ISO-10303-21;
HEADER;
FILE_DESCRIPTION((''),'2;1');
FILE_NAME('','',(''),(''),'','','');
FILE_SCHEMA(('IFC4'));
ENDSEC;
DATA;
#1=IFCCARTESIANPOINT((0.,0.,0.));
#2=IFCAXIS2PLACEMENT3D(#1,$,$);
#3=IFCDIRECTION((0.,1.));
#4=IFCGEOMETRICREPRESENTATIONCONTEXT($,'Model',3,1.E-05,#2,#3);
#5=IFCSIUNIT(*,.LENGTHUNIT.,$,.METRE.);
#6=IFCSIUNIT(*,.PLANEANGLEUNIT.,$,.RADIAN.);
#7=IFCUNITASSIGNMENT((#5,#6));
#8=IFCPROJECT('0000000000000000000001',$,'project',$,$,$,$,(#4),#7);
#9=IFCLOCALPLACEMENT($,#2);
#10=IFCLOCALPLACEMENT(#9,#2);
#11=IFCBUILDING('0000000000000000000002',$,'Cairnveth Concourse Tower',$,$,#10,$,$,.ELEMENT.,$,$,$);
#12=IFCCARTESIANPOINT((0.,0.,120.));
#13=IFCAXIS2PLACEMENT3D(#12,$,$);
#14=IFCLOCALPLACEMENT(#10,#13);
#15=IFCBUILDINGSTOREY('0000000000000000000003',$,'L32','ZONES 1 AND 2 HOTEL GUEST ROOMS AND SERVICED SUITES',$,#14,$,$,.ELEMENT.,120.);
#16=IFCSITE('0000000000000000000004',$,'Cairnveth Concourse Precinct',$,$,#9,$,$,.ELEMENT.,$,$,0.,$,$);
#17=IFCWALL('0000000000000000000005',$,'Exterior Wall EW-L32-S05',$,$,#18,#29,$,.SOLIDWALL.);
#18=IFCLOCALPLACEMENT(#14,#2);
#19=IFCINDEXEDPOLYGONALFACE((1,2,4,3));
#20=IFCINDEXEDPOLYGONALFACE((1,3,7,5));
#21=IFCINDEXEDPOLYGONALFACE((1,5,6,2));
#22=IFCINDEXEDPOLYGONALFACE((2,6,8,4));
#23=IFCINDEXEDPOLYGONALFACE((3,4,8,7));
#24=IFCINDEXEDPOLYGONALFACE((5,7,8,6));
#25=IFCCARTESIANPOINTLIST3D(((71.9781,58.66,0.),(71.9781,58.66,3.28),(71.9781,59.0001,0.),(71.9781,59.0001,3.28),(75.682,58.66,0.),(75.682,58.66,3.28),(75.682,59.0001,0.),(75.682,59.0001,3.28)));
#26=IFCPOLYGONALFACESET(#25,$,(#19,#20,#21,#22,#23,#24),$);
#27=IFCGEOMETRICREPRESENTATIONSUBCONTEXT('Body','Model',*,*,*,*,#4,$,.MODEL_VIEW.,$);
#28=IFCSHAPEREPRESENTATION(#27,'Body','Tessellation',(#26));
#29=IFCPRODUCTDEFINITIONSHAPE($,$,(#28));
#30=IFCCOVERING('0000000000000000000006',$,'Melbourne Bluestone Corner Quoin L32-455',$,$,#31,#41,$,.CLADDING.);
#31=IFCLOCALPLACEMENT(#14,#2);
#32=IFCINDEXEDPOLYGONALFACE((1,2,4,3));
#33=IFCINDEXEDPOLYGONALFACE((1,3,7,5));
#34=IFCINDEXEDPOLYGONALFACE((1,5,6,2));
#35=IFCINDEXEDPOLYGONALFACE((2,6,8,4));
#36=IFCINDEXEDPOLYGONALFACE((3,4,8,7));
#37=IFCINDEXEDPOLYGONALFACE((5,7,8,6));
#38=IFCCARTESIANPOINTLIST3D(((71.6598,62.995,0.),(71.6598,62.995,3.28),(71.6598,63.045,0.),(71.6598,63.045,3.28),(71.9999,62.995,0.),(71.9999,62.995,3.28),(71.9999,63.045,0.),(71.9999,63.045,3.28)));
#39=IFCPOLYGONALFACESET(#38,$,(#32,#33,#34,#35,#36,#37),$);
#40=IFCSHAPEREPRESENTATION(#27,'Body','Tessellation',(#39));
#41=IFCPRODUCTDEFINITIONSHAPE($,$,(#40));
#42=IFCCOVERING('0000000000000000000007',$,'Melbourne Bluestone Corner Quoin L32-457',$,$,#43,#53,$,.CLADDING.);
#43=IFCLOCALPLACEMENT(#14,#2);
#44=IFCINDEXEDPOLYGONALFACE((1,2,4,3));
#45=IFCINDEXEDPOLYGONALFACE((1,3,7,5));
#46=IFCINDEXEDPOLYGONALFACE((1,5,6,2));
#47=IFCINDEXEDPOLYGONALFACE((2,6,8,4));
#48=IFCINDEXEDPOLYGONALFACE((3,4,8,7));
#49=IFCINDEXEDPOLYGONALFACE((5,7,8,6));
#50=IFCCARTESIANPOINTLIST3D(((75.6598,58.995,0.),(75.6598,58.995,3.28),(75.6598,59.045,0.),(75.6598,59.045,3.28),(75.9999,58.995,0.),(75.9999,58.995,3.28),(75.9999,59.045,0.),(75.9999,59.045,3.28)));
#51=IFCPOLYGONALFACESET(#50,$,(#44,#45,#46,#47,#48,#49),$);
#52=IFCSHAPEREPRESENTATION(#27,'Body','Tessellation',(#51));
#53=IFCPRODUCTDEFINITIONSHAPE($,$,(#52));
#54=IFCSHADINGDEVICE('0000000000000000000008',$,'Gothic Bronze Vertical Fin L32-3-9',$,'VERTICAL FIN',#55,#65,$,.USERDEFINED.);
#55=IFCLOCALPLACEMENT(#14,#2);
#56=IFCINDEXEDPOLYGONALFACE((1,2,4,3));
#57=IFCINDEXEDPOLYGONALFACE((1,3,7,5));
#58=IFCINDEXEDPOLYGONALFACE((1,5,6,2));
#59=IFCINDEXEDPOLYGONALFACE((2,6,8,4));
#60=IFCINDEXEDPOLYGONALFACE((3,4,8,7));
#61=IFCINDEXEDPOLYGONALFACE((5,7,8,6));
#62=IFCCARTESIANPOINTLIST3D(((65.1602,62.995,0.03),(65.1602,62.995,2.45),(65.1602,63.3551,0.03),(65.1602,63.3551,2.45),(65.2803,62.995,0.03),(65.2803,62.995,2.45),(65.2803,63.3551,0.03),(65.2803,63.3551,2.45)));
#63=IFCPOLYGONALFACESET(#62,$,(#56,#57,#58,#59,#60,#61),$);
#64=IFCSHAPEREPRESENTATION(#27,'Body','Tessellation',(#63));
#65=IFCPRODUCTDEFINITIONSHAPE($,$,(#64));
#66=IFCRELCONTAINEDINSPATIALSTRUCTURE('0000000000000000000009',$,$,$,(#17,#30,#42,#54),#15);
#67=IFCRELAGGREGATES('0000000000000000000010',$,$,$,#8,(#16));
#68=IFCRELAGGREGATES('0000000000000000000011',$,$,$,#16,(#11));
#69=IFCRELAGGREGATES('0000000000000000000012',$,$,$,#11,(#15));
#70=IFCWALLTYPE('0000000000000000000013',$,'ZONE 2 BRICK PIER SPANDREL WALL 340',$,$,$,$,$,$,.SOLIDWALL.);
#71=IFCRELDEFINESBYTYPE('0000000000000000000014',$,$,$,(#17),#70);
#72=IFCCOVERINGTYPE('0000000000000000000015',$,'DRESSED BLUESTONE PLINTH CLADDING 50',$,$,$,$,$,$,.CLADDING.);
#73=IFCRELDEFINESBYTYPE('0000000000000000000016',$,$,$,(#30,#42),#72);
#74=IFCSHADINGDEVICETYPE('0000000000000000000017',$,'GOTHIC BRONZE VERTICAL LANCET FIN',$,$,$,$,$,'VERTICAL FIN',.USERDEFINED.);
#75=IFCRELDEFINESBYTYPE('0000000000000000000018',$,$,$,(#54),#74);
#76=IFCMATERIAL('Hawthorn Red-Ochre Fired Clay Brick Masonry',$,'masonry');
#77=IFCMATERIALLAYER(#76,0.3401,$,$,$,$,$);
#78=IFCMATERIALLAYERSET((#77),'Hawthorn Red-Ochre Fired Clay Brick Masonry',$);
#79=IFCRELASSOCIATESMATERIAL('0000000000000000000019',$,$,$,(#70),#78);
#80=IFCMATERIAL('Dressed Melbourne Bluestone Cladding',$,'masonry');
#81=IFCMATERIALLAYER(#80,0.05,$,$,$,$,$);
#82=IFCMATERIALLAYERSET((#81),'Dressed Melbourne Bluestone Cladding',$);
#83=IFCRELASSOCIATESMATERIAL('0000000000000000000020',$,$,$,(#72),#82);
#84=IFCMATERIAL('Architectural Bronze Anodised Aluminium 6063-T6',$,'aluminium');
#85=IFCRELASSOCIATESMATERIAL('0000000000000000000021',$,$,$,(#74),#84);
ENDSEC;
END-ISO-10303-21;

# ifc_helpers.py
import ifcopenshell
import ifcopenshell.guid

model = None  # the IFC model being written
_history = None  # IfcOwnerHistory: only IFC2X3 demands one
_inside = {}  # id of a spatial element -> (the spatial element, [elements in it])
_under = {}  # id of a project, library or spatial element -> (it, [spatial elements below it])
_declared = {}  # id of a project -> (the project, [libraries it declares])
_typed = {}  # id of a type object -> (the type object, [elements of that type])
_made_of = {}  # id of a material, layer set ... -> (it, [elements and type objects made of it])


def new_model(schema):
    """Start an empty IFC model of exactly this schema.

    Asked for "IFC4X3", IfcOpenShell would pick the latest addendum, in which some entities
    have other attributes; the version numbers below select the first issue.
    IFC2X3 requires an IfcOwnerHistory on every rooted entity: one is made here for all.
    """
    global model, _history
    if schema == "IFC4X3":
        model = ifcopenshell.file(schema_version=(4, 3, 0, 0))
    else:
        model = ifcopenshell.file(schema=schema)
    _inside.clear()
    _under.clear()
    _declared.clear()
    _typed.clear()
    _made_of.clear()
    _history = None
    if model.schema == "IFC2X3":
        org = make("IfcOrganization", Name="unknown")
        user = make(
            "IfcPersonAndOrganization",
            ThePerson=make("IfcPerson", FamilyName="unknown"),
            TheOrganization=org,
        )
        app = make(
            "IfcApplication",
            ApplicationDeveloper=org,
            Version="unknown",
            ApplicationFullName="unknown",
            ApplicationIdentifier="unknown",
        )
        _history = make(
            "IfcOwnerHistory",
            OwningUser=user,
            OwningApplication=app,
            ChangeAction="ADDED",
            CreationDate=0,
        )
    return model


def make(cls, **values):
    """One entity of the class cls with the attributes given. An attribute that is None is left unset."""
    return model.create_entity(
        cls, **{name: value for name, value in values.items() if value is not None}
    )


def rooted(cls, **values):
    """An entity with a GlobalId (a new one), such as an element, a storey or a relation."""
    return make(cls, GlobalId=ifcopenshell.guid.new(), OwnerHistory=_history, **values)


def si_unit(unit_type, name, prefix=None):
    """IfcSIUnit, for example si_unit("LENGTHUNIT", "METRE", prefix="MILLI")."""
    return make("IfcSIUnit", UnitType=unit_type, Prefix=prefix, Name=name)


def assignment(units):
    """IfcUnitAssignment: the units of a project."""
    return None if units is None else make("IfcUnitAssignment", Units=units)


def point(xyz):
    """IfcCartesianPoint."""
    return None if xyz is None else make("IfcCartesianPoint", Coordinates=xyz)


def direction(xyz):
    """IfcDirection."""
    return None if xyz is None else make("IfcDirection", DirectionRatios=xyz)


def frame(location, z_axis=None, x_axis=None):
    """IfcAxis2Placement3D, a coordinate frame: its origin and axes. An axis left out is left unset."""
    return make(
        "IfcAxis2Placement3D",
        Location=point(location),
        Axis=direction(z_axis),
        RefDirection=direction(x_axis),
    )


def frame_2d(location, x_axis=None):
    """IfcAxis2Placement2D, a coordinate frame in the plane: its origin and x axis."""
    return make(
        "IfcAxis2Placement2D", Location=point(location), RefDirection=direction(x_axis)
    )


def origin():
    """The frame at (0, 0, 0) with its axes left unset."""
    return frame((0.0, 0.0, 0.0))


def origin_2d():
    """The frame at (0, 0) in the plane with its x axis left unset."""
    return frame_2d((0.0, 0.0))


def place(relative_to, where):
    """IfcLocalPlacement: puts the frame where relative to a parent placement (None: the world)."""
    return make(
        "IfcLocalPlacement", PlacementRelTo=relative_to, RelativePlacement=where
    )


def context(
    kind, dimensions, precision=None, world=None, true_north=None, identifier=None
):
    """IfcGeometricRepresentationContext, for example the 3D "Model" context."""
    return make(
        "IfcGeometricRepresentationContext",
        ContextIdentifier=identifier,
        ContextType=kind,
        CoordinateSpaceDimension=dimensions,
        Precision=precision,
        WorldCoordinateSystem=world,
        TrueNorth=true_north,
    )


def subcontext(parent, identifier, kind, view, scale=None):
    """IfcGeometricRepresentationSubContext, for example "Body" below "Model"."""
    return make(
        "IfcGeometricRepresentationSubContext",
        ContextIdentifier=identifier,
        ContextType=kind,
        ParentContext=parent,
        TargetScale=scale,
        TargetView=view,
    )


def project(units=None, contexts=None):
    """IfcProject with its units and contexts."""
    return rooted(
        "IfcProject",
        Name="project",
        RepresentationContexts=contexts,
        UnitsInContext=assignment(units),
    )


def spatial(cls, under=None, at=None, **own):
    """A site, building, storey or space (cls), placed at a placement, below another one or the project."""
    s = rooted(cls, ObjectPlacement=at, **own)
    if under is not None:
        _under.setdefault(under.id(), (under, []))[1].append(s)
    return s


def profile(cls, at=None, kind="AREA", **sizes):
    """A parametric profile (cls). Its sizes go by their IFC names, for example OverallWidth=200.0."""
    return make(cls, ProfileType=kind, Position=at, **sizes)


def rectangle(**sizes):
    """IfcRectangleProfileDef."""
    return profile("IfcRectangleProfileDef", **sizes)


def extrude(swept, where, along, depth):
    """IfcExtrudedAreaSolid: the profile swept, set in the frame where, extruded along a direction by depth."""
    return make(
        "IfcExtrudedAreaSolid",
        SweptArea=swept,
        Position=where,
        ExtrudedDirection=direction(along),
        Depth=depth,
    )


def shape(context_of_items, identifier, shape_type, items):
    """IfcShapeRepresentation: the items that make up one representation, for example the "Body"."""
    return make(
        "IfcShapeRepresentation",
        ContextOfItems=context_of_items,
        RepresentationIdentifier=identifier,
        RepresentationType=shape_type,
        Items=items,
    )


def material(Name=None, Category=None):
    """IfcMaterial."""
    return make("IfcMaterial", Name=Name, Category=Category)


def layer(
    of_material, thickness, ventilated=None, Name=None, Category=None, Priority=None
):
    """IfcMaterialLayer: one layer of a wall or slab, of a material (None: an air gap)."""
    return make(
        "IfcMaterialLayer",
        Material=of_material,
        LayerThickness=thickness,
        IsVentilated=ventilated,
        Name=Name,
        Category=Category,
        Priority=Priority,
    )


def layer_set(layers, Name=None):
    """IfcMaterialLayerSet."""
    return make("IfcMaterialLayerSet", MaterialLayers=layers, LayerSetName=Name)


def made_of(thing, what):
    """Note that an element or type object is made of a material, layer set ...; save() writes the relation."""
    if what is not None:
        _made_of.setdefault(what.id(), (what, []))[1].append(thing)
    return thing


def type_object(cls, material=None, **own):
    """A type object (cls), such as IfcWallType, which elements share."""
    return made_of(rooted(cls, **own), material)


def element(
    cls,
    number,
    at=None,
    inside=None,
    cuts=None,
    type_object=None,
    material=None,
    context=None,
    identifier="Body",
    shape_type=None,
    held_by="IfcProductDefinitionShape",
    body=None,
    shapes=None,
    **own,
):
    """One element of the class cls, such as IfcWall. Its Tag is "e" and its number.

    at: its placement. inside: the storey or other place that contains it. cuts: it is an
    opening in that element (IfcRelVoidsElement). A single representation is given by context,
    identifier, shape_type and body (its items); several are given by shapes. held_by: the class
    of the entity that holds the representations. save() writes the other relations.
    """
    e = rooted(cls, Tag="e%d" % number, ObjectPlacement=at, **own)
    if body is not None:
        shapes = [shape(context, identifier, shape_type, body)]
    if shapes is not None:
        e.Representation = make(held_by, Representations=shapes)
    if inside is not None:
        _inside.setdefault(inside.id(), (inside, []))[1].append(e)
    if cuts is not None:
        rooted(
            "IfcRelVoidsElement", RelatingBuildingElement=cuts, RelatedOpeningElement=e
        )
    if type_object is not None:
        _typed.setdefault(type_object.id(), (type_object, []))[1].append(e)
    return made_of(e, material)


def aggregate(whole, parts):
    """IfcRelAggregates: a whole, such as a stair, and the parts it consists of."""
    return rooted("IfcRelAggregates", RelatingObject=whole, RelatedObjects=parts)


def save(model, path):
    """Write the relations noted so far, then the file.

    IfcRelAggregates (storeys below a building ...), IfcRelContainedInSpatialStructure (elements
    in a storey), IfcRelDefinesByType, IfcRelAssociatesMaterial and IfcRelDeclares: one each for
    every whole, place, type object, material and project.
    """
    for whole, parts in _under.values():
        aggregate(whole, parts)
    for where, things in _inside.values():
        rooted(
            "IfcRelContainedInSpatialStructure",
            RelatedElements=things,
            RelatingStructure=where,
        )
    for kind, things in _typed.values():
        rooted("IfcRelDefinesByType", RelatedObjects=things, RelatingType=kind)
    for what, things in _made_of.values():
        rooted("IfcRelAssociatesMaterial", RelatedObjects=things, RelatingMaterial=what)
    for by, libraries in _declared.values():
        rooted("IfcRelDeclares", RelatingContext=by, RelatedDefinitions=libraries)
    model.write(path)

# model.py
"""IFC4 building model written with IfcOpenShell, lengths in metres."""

from ifc_helpers import new_model, si_unit, direction, frame, frame_2d, origin, origin_2d, place, context, subcontext, project, spatial, rectangle, extrude, material, layer, layer_set, type_object, element, save


model = new_model("IFC4")

# Units and contexts
model_context = context("Model", 3, precision=1e-05, world=origin(), true_north=direction((0.0, 1.0)))
body_context = subcontext(model_context, "Body", "Model", "MODEL_VIEW")
ifc_project = project(units=[si_unit("LENGTHUNIT", "METRE"), si_unit("PLANEANGLEUNIT", "RADIAN")], contexts=[model_context])

# Site, building, storey
site_placement = place(None, origin())
site = spatial("IfcSite", under=ifc_project, at=site_placement, Name="Cairnveth Concourse Precinct", CompositionType="ELEMENT", RefElevation=0.0)
building_placement = place(site_placement, origin())
building = spatial("IfcBuilding", under=site, at=building_placement, Name="Cairnveth Concourse Tower", CompositionType="ELEMENT")
storey_placement = place(building_placement, frame((0.0, 0.0, 120.0)))
storey = spatial("IfcBuildingStorey", under=building, at=storey_placement, Name="L32", Description="ZONES 1 AND 2 HOTEL GUEST ROOMS AND SERVICED SUITES", CompositionType="ELEMENT", Elevation=120.0)

# Wall
ifc_material_1 = material(Name="Hawthorn Red-Ochre Fired Clay Brick Masonry", Category="masonry")
ifc_layer_1 = layer(ifc_material_1, 0.3401)
ifc_layer_set_1 = layer_set([ifc_layer_1], Name="Hawthorn Red-Ochre Fired Clay Brick Masonry")
wall_type = type_object("IfcWallType", Name="ZONE 2 BRICK PIER SPANDREL WALL 340", PredefinedType="SOLIDWALL", material=ifc_layer_set_1)
wall_1_placement = place(storey_placement, frame((71.978, 58.8301, 0.0), z_axis=(0.0, 0.0, 1.0), x_axis=(1.0, 0.0, 0.0)))
element("IfcWall", 1, at=wall_1_placement, inside=storey, type_object=wall_type, Name="Exterior Wall EW-L32-S05", PredefinedType="SOLIDWALL", context=body_context, shape_type="SweptSolid", body=[
    extrude(rectangle(XDim=3.7039, YDim=0.3401, at=frame_2d((1.8521, 0.0))), origin(), (0.0, 0.0, 1.0), 3.28),
])

# Coverings
ifc_material_2 = material(Name="Dressed Melbourne Bluestone Cladding", Category="masonry")
ifc_layer_2 = layer(ifc_material_2, 0.05)
ifc_layer_set_2 = layer_set([ifc_layer_2], Name="Dressed Melbourne Bluestone Cladding")
covering_type = type_object("IfcCoveringType", Name="DRESSED BLUESTONE PLINTH CLADDING 50", PredefinedType="CLADDING", material=ifc_layer_set_2)
for number, where, z_axis, x_axis, name in (
    (2, (71.6599, 63.02, 0.0), (0.0, 0.0, 1.0), (1.0, 0.0, 0.0), "Melbourne Bluestone Corner Quoin L32-455"),
    (3, (75.6599, 59.02, 0.0), (0.0, 0.0, 1.0), (1.0, 0.0, 0.0), "Melbourne Bluestone Corner Quoin L32-457"),
):
    element("IfcCovering", number, at=place(storey_placement, frame(where, z_axis=z_axis, x_axis=x_axis)), inside=storey, type_object=covering_type, Name=name, PredefinedType="CLADDING", context=body_context, shape_type="SweptSolid", body=[
        extrude(rectangle(XDim=0.3401, YDim=0.05, at=frame_2d((0.1699, 0.0))), origin(), (0.0, 0.0, 1.0), 3.28),
    ])

# Shading device
ifc_material_3 = material(Name="Architectural Bronze Anodised Aluminium 6063-T6", Category="aluminium")
shading_device_type = type_object("IfcShadingDeviceType", Name="GOTHIC BRONZE VERTICAL LANCET FIN", ElementType="VERTICAL FIN", PredefinedType="USERDEFINED", material=ifc_material_3)
shading_device_placement = place(storey_placement, frame((65.2202, 63.175, 0.03), z_axis=(0.0, 0.0, 1.0), x_axis=(1.0, 0.0, 0.0)))
element("IfcShadingDevice", 4, at=shading_device_placement, inside=storey, type_object=shading_device_type, Name="Gothic Bronze Vertical Fin L32-3-9", ObjectType="VERTICAL FIN", PredefinedType="USERDEFINED", context=body_context, shape_type="SweptSolid", body=[
    extrude(rectangle(XDim=0.1201, YDim=0.3601, at=origin_2d()), origin(), (0.0, 0.0, 1.0), 2.4199),
])

save(model, "model.ifc")
